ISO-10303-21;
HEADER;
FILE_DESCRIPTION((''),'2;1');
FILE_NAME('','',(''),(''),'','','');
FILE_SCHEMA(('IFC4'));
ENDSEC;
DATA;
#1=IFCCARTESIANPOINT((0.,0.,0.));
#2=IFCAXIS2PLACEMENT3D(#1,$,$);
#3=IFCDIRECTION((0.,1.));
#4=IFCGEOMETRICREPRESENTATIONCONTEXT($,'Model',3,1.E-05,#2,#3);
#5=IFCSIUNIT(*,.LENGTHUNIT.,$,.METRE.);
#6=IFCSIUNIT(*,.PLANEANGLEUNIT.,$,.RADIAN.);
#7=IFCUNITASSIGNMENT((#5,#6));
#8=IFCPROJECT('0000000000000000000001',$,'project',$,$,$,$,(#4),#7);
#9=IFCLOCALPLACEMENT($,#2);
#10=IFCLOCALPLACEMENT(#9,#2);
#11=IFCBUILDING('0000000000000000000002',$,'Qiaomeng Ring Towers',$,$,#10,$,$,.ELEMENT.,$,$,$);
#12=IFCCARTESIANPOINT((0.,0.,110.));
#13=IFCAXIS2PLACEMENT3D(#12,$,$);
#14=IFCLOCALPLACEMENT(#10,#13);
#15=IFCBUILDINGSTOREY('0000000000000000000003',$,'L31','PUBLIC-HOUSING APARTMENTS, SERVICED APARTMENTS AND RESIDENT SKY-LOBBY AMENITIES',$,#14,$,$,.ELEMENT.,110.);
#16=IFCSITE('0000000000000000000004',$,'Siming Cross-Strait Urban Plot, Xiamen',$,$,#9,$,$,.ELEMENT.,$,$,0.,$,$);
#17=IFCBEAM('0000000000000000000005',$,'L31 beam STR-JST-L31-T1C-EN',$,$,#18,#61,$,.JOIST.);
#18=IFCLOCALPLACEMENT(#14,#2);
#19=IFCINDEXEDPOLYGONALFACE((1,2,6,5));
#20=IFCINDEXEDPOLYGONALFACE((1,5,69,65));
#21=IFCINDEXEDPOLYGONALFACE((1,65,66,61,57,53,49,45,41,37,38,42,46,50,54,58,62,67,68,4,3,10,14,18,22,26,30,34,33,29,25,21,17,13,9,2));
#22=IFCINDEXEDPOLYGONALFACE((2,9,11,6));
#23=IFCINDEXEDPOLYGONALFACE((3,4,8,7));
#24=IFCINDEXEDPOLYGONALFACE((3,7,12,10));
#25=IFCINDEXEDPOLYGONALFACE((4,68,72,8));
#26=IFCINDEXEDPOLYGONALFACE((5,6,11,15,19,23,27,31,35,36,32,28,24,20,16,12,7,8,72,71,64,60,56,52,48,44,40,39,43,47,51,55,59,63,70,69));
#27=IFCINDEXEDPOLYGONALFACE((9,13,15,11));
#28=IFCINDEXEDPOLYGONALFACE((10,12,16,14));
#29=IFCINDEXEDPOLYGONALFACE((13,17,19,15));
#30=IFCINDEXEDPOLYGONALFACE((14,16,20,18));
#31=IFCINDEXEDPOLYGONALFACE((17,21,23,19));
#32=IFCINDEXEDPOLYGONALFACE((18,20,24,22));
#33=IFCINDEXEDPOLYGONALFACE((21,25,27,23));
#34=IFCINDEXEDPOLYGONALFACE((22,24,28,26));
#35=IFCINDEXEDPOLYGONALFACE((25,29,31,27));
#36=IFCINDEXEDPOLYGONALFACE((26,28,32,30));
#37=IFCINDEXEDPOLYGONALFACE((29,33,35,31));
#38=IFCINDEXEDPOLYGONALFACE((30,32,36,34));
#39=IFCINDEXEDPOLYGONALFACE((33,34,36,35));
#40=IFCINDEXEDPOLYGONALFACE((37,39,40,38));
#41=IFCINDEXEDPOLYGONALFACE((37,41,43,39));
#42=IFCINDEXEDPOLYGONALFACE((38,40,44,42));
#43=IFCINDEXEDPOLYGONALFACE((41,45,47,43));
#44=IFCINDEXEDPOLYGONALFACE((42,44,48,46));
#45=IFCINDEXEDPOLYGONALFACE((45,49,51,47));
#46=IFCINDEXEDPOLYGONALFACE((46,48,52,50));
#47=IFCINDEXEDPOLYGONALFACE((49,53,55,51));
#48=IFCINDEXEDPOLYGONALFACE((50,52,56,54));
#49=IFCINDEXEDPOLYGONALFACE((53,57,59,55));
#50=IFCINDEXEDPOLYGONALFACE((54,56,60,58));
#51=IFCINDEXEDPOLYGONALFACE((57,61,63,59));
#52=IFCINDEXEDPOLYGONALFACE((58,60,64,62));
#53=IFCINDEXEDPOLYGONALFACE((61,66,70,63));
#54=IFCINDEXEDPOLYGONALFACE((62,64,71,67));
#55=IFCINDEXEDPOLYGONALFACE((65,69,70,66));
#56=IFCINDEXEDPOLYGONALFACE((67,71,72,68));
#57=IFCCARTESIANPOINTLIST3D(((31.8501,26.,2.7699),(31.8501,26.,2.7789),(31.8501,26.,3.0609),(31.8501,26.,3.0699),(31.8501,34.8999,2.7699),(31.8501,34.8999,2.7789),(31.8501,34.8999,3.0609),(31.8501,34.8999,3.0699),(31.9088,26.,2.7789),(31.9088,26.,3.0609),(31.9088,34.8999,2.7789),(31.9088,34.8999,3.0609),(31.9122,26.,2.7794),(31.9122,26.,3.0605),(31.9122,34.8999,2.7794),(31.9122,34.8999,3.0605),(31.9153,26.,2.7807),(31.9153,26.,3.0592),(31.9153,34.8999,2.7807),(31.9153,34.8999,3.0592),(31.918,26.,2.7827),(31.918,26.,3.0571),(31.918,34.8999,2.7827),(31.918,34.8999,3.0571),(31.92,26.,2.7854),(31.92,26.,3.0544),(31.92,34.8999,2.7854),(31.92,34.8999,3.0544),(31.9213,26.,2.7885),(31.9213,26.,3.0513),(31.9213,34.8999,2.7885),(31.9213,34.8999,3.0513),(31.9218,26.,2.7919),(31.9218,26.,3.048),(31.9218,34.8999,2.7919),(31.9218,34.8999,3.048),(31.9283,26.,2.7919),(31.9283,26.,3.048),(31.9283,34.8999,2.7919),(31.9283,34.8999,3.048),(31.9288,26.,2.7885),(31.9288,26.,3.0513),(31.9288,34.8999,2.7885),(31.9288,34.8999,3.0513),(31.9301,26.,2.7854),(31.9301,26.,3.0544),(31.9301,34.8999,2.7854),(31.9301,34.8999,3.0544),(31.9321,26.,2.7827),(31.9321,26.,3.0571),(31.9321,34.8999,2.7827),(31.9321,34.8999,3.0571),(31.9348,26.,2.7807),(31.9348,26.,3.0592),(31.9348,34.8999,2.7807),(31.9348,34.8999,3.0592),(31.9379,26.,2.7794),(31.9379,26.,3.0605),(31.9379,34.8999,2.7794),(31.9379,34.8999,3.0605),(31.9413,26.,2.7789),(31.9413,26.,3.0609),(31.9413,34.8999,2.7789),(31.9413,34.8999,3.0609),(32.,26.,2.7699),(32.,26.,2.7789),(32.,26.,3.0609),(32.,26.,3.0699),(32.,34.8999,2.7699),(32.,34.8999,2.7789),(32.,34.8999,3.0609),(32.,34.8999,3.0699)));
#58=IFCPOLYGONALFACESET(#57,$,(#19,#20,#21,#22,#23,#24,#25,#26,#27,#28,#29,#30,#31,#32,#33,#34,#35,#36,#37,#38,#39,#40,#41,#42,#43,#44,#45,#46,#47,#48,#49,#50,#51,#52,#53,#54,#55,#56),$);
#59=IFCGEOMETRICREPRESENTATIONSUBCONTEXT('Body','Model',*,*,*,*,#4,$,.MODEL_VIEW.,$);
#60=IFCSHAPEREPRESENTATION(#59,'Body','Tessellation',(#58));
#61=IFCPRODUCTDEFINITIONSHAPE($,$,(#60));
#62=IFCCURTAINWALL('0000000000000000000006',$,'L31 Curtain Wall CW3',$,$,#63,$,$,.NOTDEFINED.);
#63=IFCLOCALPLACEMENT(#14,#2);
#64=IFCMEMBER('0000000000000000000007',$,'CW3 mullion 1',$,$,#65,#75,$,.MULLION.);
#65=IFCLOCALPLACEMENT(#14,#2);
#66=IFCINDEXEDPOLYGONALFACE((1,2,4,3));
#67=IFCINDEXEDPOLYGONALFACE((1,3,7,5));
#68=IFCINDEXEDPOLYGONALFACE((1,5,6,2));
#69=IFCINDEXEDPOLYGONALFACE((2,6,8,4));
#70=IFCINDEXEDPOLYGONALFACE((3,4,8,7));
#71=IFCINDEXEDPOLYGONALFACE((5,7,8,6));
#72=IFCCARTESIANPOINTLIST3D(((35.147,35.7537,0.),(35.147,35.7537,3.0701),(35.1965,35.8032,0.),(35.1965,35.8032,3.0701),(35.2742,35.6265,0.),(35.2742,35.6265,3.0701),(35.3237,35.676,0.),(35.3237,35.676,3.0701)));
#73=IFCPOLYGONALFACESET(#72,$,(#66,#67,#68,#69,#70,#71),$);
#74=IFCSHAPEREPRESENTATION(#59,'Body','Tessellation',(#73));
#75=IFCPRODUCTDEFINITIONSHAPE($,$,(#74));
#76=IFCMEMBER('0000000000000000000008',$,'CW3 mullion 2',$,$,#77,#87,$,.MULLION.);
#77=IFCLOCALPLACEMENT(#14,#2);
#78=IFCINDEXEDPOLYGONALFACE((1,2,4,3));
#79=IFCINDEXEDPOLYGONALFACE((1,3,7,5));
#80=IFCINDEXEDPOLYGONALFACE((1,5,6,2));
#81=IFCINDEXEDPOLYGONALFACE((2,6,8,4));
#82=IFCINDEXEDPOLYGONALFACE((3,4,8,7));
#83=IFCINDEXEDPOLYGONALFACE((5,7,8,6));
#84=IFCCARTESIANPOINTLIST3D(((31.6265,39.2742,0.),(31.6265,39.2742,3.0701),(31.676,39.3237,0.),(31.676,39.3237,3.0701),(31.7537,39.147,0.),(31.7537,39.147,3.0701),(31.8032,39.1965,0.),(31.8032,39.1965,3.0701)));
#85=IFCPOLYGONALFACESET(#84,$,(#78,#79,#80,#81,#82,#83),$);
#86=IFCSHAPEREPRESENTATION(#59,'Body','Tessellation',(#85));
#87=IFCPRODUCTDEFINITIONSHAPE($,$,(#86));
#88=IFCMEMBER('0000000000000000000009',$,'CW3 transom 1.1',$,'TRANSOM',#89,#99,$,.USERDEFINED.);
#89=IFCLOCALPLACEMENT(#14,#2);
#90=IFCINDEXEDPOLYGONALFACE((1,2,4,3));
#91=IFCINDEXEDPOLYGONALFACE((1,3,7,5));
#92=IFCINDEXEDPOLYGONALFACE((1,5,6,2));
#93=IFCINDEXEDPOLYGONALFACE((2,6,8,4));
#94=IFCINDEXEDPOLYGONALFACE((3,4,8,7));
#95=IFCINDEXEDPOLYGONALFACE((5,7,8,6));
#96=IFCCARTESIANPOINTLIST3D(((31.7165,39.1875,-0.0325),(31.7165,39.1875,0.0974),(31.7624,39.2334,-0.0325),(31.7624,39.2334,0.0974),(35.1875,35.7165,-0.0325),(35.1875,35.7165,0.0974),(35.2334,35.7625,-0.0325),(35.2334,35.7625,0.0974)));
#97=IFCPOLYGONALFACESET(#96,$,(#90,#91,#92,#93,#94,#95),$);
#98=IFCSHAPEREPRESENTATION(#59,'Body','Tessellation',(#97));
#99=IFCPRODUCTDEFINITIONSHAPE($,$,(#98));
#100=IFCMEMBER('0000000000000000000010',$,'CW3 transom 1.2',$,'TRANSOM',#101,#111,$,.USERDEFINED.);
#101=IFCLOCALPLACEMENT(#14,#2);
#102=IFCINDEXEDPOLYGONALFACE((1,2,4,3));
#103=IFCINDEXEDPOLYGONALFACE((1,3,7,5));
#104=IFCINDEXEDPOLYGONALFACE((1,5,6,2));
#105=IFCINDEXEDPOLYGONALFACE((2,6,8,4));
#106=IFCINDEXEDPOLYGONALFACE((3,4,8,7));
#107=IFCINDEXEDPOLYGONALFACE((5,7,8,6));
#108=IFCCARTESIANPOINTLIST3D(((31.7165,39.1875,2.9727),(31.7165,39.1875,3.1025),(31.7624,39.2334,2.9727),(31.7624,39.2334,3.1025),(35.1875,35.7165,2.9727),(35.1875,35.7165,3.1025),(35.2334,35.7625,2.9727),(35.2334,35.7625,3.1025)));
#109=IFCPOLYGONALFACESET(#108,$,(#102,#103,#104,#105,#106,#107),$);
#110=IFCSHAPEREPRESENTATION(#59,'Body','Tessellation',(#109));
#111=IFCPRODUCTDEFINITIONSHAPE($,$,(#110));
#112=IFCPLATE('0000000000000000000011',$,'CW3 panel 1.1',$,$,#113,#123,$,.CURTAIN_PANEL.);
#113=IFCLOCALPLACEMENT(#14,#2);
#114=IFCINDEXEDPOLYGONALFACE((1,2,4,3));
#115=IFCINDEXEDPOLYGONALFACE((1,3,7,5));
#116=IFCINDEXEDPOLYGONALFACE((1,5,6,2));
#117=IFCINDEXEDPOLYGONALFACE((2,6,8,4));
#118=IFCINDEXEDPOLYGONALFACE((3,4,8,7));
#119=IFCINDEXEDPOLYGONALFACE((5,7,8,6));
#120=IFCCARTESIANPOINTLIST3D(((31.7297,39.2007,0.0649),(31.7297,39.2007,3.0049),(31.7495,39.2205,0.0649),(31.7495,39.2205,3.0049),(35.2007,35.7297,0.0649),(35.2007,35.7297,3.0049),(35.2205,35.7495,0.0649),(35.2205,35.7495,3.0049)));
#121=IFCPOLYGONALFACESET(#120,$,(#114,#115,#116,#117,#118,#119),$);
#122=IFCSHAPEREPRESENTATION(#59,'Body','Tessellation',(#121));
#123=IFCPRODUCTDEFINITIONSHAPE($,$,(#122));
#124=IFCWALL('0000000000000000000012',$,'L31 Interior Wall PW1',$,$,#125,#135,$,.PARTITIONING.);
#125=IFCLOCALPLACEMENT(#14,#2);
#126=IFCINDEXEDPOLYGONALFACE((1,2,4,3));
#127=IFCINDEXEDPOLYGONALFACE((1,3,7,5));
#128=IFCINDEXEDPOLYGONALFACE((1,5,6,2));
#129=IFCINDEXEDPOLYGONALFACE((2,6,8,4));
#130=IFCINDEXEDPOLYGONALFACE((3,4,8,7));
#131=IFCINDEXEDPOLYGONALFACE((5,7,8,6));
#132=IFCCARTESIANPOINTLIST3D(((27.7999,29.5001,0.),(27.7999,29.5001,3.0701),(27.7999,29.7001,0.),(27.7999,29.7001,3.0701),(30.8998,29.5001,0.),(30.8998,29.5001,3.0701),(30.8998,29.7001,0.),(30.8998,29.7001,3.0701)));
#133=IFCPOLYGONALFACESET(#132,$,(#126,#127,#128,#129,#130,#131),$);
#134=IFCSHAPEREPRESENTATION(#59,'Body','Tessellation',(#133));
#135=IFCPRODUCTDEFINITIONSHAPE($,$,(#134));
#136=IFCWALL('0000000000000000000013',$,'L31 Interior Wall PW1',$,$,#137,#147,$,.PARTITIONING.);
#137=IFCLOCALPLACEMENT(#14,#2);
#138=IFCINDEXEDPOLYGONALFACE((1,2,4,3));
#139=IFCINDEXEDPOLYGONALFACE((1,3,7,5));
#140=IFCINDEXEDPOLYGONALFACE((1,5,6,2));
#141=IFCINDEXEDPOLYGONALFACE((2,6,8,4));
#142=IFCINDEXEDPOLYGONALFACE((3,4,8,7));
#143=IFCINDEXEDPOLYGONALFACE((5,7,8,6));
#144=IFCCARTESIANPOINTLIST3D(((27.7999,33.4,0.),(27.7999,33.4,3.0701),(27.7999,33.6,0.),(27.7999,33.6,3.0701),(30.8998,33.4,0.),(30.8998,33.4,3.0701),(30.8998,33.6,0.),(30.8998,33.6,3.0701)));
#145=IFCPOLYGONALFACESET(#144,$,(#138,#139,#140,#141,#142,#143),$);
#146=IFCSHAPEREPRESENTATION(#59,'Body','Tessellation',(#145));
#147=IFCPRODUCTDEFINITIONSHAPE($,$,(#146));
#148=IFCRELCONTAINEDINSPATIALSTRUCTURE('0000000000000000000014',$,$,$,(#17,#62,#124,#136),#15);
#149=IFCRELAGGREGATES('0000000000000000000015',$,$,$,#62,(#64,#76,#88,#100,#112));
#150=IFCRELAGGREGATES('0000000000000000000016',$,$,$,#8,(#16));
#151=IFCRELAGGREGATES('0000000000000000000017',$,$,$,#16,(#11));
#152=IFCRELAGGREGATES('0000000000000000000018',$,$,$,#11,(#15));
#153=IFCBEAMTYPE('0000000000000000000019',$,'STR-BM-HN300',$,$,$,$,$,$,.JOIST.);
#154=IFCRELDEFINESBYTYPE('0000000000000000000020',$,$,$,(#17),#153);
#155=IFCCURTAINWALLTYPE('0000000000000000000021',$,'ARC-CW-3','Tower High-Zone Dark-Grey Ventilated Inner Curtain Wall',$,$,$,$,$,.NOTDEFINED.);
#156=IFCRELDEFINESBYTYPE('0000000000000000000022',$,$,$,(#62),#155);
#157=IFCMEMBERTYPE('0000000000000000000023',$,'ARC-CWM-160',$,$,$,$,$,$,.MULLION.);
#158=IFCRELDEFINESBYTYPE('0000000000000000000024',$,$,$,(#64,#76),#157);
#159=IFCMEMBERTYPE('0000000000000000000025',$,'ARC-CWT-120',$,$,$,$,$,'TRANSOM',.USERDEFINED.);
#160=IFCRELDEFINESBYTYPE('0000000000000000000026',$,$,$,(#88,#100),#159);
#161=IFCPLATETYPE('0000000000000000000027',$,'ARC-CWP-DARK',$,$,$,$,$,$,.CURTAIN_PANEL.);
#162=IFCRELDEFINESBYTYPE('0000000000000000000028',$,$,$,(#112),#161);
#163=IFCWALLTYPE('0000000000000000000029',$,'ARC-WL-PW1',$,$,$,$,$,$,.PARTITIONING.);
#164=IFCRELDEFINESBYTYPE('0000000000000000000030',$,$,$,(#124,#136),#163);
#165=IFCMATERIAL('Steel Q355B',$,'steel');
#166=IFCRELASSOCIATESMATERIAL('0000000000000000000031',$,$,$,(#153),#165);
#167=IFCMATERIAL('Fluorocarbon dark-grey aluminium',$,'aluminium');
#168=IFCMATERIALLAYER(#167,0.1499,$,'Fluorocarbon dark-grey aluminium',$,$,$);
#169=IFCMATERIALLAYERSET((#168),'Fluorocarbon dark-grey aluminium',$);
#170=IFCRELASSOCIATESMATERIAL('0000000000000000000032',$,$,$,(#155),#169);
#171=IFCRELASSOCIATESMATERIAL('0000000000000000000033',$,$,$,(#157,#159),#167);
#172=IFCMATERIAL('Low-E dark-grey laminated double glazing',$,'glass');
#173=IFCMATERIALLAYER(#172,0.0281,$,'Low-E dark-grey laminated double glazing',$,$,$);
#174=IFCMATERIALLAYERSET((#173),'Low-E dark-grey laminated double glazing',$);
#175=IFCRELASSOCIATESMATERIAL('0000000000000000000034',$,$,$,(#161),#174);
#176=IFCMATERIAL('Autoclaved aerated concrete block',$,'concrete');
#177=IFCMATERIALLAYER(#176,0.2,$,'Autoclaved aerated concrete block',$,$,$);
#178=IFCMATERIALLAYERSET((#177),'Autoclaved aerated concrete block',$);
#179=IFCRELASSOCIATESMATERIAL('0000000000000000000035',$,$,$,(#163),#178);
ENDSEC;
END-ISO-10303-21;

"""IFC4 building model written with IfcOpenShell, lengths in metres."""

from ifc_helpers import new_model, si_unit, direction, frame, frame_2d, origin, origin_2d, place, context, subcontext, project, spatial, rectangle, i_section, extrude, source, transform, mapped, material, layer, layer_set, material_profile, profile_set, type_object, element, aggregate, save


model = new_model("IFC4")

# Units and contexts
model_context = context("Model", 3, precision=1e-05, world=origin(), true_north=direction((0.0, 1.0)))
body_context = subcontext(model_context, "Body", "Model", "MODEL_VIEW")
ifc_project = project(units=[si_unit("LENGTHUNIT", "METRE"), si_unit("PLANEANGLEUNIT", "RADIAN")], contexts=[model_context])

# Site, building, storey
site_placement = place(None, origin())
site = spatial("IfcSite", under=ifc_project, at=site_placement, Name="Siming Cross-Strait Urban Plot, Xiamen", CompositionType="ELEMENT", RefElevation=0.0)
building_placement = place(site_placement, origin())
building = spatial("IfcBuilding", under=site, at=building_placement, Name="Qiaomeng Ring Towers", CompositionType="ELEMENT")
storey_placement = place(building_placement, frame((0.0, 0.0, 110.0)))
storey = spatial("IfcBuildingStorey", under=building, at=storey_placement, Name="L31", Description="PUBLIC-HOUSING APARTMENTS, SERVICED APARTMENTS AND RESIDENT SKY-LOBBY AMENITIES", CompositionType="ELEMENT", Elevation=110.0)

# Beam
ifc_material_1 = material(Name="Steel Q355B", Category="steel")
ifc_material_profile_1 = material_profile(ifc_material_1, i_section(OverallWidth=0.1499, OverallDepth=0.3, WebThickness=0.0066, FlangeThickness=0.009, FilletRadius=0.0129, at=origin_2d()), Name="HN 300x150x6.5x9")
ifc_profile_set_1 = profile_set([ifc_material_profile_1], Name="Steel Q355B")
beam_type_1 = type_object("IfcBeamType", Name="STR-BM-HN300", PredefinedType="JOIST", material=ifc_profile_set_1)
shared_shape_1 = source(origin(), body_context, "Body", "SweptSolid", [
    extrude(i_section(OverallWidth=0.1499, OverallDepth=0.3, WebThickness=0.0066, FlangeThickness=0.009, FilletRadius=0.0129, at=origin_2d()), origin(), (0.0, 0.0, 1.0), 8.8999),
])
beam_1_placement = place(storey_placement, frame((31.925, 26.0, 2.9199), z_axis=(0.0, 1.0, 0.0), x_axis=(-1.0, 0.0, 0.0)))
element("IfcBeam", 1, at=beam_1_placement, inside=storey, type_object=beam_type_1, Name="L31 beam STR-JST-L31-T1C-EN", PredefinedType="JOIST", context=body_context, shape_type="MappedRepresentation", body=[
    mapped(shared_shape_1, transform((0.0, 0.0, 0.0), x_axis=(1.0, 0.0, 0.0), y_axis=(0.0, 1.0, 0.0), z_axis=(0.0, 0.0, 1.0), scale=1.0)),
])

# Curtain wall, members, plate
ifc_material_2 = material(Name="Fluorocarbon dark-grey aluminium", Category="aluminium")
ifc_layer_1 = layer(ifc_material_2, 0.1499, Name="Fluorocarbon dark-grey aluminium")
ifc_layer_set_1 = layer_set([ifc_layer_1], Name="Fluorocarbon dark-grey aluminium")
curtain_wall_type = type_object("IfcCurtainWallType", Name="ARC-CW-3", Description="Tower High-Zone Dark-Grey Ventilated Inner Curtain Wall", PredefinedType="NOTDEFINED", material=ifc_layer_set_1)
curtain_wall_placement = place(storey_placement, origin())
curtain_wall = element("IfcCurtainWall", 2, at=curtain_wall_placement, inside=storey, type_object=curtain_wall_type, Name="L31 Curtain Wall CW3", PredefinedType="NOTDEFINED")
ifc_material_profile_2 = material_profile(ifc_material_2, rectangle(XDim=0.0701, YDim=0.1799, at=origin_2d()), Name="ALU MULL 70x180")
ifc_profile_set_2 = profile_set([ifc_material_profile_2], Name="Fluorocarbon dark-grey aluminium")
member_type_1 = type_object("IfcMemberType", Name="ARC-CWM-160", PredefinedType="MULLION", material=ifc_profile_set_2)
shared_shape_2 = source(origin(), body_context, "Body", "SweptSolid", [
    extrude(rectangle(XDim=0.0701, YDim=0.1799, at=origin_2d()), origin(), (0.0, 0.0, 1.0), 3.0701),
])
member_1_placement = place(storey_placement, frame((35.2354, 35.7148, 0.0), z_axis=(0.0, 0.0, 1.0), x_axis=(-0.707107, -0.707107, 0.0)))
member_1 = element("IfcMember", 3, at=member_1_placement, type_object=member_type_1, Name="CW3 mullion 1", PredefinedType="MULLION", context=body_context, shape_type="MappedRepresentation", body=[
    mapped(shared_shape_2, transform((0.0, 0.0, 0.0), x_axis=(1.0, 0.0, 0.0), y_axis=(0.0, 1.0, 0.0), z_axis=(0.0, 0.0, 1.0), scale=1.0)),
])
member_2_placement = place(storey_placement, frame((31.7148, 39.2354, 0.0), z_axis=(0.0, 0.0, 1.0), x_axis=(-0.707107, -0.707107, 0.0)))
member_2 = element("IfcMember", 4, at=member_2_placement, type_object=member_type_1, Name="CW3 mullion 2", PredefinedType="MULLION", context=body_context, shape_type="MappedRepresentation", body=[
    mapped(shared_shape_2, transform((0.0, 0.0, 0.0), x_axis=(1.0, 0.0, 0.0), y_axis=(0.0, 1.0, 0.0), z_axis=(0.0, 0.0, 1.0), scale=1.0)),
])
ifc_material_profile_3 = material_profile(ifc_material_2, rectangle(XDim=0.0649, YDim=0.1299, at=origin_2d()), Name="ALU TRAN 65x130")
ifc_profile_set_3 = profile_set([ifc_material_profile_3], Name="Fluorocarbon dark-grey aluminium")
member_type_2 = type_object("IfcMemberType", Name="ARC-CWT-120", ElementType="TRANSOM", PredefinedType="USERDEFINED", material=ifc_profile_set_3)
shared_shape_3 = source(origin(), body_context, "Body", "SweptSolid", [
    extrude(rectangle(XDim=0.0649, YDim=0.1299, at=origin_2d()), origin(), (0.0, 0.0, 1.0), 4.9087),
])
member_3_placement = place(storey_placement, frame((35.2104, 35.7395, 0.0325), z_axis=(-0.707107, 0.707107, 0.0), x_axis=(-0.707107, -0.707107, 0.0)))
member_3 = element("IfcMember", 5, at=member_3_placement, type_object=member_type_2, Name="CW3 transom 1.1", ObjectType="TRANSOM", PredefinedType="USERDEFINED", context=body_context, shape_type="MappedRepresentation", body=[
    mapped(shared_shape_3, transform((0.0, 0.0, 0.0), x_axis=(1.0, 0.0, 0.0), y_axis=(0.0, 1.0, 0.0), z_axis=(0.0, 0.0, 1.0), scale=1.0)),
])
member_4_placement = place(storey_placement, frame((35.2104, 35.7395, 3.0376), z_axis=(-0.707107, 0.707107, 0.0), x_axis=(-0.707107, -0.707107, 0.0)))
member_4 = element("IfcMember", 6, at=member_4_placement, type_object=member_type_2, Name="CW3 transom 1.2", ObjectType="TRANSOM", PredefinedType="USERDEFINED", context=body_context, shape_type="MappedRepresentation", body=[
    mapped(shared_shape_3, transform((0.0, 0.0, 0.0), x_axis=(1.0, 0.0, 0.0), y_axis=(0.0, 1.0, 0.0), z_axis=(0.0, 0.0, 1.0), scale=1.0)),
])
ifc_material_3 = material(Name="Low-E dark-grey laminated double glazing", Category="glass")
ifc_layer_2 = layer(ifc_material_3, 0.0281, Name="Low-E dark-grey laminated double glazing")
ifc_layer_set_2 = layer_set([ifc_layer_2], Name="Low-E dark-grey laminated double glazing")
plate_type = type_object("IfcPlateType", Name="ARC-CWP-DARK", PredefinedType="CURTAIN_PANEL", material=ifc_layer_set_2)
shared_shape_4 = source(origin(), body_context, "Body", "SweptSolid", [
    extrude(rectangle(XDim=4.9087, YDim=0.0281, at=origin_2d()), origin(), (0.0, 0.0, 1.0), 2.9399),
])
plate_placement = place(storey_placement, frame((33.4751, 37.4751, 0.0649), z_axis=(0.0, 0.0, 1.0), x_axis=(-0.707107, 0.707107, 0.0)))
plate = element("IfcPlate", 7, at=plate_placement, type_object=plate_type, Name="CW3 panel 1.1", PredefinedType="CURTAIN_PANEL", context=body_context, shape_type="MappedRepresentation", body=[
    mapped(shared_shape_4, transform((0.0, 0.0, 0.0), x_axis=(1.0, 0.0, 0.0), y_axis=(0.0, 1.0, 0.0), z_axis=(0.0, 0.0, 1.0), scale=1.0)),
])
aggregate(curtain_wall, [member_1, member_2, member_3, member_4, plate])

# Walls
ifc_material_4 = material(Name="Autoclaved aerated concrete block", Category="concrete")
ifc_layer_3 = layer(ifc_material_4, 0.2, Name="Autoclaved aerated concrete block")
ifc_layer_set_3 = layer_set([ifc_layer_3], Name="Autoclaved aerated concrete block")
wall_type_1 = type_object("IfcWallType", Name="ARC-WL-PW1", PredefinedType="PARTITIONING", material=ifc_layer_set_3)
for number, where, z_axis, x_axis, name in (
    (8, (27.8, 29.6001, 0.0), (0.0, 0.0, 1.0), (1.0, 0.0, 0.0), "L31 Interior Wall PW1"),
    (9, (27.8, 33.5, 0.0), (0.0, 0.0, 1.0), (1.0, 0.0, 0.0), "L31 Interior Wall PW1"),
):
    element("IfcWall", number, at=place(storey_placement, frame(where, z_axis=z_axis, x_axis=x_axis)), inside=storey, type_object=wall_type_1, Name=name, PredefinedType="PARTITIONING", context=body_context, shape_type="SweptSolid", body=[
        extrude(rectangle(XDim=3.0999, YDim=0.2, at=frame_2d((1.5498, 0.0))), origin(), (0.0, 0.0, 1.0), 3.0701),
    ])

save(model, "model.ifc")
